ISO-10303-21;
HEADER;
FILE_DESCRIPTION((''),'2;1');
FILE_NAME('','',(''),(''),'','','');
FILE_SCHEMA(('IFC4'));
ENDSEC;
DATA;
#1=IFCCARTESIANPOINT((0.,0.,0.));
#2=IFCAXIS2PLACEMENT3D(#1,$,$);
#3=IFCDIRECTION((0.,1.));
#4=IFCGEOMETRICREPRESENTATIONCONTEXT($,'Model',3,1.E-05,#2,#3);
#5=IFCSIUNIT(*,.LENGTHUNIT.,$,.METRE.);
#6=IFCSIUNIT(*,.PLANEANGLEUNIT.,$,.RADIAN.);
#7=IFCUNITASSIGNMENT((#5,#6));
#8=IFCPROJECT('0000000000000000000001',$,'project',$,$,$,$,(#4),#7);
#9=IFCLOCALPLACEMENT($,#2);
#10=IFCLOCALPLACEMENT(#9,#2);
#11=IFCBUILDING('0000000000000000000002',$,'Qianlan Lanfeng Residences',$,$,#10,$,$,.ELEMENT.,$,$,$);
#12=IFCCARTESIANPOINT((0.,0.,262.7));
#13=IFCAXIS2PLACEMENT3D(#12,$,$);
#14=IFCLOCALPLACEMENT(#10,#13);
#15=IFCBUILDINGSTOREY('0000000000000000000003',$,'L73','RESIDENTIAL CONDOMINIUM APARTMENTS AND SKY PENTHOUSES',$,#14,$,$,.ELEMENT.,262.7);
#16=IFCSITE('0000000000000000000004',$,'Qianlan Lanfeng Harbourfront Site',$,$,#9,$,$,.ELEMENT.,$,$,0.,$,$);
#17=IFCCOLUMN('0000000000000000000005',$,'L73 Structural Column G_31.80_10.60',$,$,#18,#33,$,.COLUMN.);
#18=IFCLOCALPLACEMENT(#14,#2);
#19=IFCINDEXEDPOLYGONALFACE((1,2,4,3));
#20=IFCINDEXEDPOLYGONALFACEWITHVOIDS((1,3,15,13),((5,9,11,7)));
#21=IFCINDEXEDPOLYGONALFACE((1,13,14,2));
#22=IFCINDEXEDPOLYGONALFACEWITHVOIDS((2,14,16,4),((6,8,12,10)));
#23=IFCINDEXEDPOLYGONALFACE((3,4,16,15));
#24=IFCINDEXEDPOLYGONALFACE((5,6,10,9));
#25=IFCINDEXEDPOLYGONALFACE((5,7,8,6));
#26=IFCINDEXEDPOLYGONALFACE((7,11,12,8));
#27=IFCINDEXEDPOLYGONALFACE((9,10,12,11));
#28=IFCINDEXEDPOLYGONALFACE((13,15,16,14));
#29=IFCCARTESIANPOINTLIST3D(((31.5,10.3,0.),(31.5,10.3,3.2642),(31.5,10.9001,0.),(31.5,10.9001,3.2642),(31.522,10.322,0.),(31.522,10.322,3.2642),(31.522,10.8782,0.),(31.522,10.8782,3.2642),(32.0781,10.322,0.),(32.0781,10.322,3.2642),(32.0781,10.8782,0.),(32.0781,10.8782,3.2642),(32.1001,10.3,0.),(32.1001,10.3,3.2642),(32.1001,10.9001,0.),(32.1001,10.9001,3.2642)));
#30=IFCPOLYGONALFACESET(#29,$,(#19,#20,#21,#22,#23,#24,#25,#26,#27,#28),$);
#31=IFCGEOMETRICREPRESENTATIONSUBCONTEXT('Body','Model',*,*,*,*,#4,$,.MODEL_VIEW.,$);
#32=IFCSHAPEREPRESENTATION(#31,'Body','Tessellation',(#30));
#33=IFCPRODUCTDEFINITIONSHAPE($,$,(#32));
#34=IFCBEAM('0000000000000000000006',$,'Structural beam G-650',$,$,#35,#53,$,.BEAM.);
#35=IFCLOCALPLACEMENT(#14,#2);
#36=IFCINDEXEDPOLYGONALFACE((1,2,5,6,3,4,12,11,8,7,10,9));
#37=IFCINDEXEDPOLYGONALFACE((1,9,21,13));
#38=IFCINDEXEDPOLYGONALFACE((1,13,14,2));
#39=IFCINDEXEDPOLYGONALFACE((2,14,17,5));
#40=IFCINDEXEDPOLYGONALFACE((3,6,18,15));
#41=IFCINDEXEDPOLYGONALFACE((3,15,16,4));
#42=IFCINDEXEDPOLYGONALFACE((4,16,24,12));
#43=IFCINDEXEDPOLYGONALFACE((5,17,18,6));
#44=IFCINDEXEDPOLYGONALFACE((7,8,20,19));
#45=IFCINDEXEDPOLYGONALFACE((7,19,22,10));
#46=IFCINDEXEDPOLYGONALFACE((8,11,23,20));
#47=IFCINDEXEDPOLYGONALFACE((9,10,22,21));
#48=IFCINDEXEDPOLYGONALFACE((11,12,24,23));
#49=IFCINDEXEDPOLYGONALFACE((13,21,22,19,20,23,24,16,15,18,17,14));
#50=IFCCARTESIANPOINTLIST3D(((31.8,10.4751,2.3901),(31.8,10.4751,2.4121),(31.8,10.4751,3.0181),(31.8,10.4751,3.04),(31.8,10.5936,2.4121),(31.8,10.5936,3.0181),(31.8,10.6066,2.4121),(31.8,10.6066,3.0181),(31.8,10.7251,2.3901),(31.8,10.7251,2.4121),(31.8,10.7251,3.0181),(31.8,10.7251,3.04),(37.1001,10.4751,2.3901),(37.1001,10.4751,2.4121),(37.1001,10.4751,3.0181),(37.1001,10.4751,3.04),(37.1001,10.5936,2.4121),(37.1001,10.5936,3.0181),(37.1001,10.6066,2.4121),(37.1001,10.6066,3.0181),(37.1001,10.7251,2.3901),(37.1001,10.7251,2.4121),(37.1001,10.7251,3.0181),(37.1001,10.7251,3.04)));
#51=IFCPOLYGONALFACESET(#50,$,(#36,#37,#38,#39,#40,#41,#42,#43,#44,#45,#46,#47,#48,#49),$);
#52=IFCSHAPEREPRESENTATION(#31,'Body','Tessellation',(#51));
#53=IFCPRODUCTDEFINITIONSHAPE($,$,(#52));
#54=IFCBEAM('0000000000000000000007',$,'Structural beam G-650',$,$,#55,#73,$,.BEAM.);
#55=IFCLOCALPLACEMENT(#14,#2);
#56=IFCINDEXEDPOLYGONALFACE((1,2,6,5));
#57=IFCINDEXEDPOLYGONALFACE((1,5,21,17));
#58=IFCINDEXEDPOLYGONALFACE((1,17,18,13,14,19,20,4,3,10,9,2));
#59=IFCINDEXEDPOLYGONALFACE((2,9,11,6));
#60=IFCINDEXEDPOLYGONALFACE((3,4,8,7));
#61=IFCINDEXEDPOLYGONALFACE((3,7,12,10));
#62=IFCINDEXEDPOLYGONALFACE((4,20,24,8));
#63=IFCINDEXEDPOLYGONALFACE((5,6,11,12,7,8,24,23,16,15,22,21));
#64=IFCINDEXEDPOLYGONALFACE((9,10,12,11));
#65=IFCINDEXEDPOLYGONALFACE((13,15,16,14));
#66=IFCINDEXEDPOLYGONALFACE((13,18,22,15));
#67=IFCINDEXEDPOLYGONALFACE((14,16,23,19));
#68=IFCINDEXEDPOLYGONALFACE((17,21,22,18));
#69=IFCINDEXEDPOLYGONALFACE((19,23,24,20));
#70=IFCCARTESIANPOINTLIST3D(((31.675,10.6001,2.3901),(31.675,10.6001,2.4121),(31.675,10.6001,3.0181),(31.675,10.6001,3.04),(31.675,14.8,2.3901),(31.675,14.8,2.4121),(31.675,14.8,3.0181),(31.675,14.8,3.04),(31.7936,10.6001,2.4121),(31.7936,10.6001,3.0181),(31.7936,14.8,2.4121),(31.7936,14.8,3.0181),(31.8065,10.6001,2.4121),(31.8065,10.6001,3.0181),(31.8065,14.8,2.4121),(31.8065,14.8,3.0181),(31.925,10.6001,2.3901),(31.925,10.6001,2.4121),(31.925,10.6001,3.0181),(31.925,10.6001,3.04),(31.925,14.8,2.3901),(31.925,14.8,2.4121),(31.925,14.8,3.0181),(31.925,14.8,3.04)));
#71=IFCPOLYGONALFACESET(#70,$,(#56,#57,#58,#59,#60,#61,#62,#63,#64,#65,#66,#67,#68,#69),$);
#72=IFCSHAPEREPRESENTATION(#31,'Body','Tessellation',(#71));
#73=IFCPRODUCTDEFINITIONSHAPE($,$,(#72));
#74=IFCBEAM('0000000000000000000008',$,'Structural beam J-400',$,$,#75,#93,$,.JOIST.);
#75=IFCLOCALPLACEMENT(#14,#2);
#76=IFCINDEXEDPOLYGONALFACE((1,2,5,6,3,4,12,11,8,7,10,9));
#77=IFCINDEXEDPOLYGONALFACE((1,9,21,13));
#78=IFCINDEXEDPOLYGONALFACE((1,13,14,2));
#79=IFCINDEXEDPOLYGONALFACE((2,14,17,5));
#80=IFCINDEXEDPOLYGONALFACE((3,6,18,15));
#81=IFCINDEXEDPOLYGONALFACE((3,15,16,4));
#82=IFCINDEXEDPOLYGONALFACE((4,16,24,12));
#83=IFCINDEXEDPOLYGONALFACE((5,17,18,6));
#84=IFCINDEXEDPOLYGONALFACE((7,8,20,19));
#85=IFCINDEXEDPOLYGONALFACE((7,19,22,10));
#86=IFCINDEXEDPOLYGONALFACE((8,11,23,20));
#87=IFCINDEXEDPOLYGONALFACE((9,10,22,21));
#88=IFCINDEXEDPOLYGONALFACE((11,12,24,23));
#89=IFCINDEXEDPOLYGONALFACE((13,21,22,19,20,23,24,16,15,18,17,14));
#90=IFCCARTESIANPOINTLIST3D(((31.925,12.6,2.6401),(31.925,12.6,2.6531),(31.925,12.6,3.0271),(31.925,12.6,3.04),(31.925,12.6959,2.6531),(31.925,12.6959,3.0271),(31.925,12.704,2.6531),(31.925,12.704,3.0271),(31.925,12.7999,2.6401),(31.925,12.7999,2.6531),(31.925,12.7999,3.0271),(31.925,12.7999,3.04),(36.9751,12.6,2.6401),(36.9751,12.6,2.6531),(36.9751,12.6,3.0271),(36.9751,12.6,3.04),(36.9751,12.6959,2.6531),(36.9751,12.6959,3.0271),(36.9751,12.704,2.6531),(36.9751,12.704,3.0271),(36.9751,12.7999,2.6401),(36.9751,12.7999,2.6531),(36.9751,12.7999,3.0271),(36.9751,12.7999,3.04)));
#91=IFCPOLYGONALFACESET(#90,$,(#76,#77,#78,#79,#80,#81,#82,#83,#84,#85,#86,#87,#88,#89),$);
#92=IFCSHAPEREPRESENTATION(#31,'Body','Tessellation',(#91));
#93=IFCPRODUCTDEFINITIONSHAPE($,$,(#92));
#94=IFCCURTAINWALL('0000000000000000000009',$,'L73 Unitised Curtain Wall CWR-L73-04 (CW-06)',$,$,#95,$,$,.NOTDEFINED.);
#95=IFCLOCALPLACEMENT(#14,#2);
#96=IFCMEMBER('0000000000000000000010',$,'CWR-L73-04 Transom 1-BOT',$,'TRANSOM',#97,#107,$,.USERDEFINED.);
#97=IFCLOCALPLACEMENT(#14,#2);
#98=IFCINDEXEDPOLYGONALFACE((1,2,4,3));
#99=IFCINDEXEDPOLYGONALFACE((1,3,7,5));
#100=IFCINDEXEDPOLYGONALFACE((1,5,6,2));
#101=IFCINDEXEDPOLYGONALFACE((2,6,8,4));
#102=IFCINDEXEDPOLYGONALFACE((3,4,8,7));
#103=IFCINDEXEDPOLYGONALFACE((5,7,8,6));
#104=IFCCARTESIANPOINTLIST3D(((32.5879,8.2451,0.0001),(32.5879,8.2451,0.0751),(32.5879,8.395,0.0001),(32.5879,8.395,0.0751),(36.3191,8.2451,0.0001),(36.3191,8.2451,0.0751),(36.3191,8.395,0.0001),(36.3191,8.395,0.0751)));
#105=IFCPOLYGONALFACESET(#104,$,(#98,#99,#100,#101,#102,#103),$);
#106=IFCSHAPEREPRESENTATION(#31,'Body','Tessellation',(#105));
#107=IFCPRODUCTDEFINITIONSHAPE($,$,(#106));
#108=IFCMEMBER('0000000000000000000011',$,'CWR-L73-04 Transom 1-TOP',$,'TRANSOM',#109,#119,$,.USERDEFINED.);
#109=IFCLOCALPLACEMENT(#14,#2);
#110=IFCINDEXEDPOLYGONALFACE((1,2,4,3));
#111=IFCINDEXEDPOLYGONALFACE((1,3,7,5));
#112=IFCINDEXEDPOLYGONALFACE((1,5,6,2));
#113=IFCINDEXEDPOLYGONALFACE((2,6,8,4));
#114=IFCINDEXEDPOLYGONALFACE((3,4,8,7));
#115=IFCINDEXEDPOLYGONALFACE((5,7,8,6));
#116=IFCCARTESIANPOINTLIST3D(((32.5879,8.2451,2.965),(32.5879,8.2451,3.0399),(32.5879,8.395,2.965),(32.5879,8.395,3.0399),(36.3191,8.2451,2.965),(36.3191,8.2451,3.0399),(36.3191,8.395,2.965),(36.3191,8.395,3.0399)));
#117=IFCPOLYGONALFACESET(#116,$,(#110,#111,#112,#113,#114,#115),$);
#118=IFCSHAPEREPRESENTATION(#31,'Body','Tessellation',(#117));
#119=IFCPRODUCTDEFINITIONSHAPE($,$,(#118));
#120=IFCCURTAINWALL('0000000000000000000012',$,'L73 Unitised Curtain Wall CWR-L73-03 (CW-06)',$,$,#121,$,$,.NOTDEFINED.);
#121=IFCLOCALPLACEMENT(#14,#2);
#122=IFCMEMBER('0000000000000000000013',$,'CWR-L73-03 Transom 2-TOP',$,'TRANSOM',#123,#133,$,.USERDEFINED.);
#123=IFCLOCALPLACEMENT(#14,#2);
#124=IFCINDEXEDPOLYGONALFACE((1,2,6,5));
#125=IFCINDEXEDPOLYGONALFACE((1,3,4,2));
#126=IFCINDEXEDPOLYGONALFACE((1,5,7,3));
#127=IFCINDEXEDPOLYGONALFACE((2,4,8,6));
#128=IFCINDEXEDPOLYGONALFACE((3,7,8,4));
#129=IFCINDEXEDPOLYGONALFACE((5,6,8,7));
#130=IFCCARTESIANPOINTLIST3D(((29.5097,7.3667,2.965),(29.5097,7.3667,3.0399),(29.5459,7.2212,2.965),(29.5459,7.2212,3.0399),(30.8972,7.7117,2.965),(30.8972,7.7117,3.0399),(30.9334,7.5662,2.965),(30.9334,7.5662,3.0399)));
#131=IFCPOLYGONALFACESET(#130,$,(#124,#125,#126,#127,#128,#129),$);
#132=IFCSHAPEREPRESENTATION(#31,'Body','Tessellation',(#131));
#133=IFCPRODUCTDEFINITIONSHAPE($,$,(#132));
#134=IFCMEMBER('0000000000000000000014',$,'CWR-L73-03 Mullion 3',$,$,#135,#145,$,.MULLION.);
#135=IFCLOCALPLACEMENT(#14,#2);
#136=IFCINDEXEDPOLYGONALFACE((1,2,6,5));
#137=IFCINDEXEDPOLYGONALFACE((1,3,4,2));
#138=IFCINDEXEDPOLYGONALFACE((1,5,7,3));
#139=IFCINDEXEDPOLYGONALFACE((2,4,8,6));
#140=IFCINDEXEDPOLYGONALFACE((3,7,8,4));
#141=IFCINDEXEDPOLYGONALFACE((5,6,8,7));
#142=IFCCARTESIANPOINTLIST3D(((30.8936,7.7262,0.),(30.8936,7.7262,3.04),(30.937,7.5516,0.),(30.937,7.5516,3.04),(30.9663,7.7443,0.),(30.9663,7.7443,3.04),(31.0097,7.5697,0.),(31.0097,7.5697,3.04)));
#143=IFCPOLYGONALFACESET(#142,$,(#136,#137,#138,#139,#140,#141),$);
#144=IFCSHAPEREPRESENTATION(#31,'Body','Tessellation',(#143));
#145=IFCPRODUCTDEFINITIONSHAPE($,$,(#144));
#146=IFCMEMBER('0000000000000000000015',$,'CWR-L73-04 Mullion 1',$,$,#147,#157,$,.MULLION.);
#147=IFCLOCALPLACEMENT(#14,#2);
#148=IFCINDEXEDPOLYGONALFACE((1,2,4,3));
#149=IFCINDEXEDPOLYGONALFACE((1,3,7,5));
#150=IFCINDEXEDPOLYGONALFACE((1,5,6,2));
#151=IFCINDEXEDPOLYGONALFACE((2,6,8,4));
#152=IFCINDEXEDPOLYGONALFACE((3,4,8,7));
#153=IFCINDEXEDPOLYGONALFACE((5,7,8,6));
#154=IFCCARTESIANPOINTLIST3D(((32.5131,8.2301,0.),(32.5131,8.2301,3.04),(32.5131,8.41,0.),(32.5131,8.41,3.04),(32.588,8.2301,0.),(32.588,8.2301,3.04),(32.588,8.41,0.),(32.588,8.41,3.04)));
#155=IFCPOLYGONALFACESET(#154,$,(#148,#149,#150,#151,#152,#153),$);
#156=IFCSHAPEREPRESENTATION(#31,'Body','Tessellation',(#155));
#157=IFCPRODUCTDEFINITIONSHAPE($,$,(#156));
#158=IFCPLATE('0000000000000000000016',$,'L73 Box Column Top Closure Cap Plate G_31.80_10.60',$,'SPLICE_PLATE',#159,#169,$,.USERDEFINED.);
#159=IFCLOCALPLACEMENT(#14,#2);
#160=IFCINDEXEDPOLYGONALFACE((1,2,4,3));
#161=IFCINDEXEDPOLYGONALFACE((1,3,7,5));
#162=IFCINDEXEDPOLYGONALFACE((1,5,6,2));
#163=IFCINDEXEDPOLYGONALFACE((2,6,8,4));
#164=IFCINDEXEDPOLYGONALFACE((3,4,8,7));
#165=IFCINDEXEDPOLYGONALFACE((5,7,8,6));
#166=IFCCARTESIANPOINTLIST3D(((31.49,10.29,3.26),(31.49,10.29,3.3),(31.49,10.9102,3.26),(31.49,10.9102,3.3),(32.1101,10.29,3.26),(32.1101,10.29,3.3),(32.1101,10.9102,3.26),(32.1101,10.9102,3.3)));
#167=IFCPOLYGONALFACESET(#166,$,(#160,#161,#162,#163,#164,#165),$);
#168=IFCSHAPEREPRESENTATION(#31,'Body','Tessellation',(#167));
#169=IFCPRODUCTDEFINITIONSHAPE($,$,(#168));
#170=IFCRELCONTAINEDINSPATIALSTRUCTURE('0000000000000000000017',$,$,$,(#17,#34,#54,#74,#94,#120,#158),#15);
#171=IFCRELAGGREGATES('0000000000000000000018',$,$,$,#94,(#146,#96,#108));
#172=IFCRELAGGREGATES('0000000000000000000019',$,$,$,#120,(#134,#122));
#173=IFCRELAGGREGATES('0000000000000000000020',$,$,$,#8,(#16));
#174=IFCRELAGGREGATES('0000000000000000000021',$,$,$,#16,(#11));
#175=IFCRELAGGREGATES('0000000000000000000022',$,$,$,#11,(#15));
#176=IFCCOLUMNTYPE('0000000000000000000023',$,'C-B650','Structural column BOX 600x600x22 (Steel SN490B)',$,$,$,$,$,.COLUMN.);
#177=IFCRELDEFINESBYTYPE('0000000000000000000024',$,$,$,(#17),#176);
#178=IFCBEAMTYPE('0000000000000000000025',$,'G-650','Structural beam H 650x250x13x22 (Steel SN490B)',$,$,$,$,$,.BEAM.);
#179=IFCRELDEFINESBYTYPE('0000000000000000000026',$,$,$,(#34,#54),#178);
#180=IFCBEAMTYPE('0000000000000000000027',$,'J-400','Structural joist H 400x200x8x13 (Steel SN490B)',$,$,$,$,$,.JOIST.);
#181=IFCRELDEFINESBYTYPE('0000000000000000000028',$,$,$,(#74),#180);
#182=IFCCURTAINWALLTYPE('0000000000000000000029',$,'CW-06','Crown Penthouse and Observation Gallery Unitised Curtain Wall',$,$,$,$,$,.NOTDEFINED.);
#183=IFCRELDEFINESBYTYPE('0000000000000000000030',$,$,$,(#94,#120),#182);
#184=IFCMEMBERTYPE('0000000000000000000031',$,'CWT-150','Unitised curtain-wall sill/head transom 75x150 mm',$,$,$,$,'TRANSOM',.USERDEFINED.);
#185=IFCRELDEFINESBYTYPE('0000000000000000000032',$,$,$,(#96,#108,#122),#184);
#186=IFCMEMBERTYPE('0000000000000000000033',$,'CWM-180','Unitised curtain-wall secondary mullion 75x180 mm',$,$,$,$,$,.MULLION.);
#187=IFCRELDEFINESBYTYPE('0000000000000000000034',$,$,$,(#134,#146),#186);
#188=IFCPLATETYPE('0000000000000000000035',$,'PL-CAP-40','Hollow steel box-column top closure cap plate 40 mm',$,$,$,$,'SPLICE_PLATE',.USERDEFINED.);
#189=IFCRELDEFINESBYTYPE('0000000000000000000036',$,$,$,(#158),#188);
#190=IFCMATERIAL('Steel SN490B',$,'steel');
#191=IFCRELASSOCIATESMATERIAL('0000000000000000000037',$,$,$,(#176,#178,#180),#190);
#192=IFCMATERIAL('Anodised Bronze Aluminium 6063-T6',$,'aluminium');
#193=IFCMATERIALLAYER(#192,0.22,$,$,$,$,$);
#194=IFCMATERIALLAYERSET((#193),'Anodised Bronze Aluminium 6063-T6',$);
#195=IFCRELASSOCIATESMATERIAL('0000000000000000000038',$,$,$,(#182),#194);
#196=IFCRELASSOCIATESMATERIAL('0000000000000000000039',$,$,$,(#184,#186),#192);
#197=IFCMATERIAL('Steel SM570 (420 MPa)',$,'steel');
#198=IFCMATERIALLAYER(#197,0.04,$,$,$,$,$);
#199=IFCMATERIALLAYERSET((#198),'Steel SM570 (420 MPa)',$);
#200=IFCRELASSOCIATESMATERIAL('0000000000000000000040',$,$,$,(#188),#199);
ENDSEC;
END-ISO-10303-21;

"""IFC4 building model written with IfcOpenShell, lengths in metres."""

from ifc_helpers import new_model, si_unit, direction, frame, origin, origin_2d, place, context, subcontext, project, spatial, rectangle, hollow_rectangle, i_section, extrude, source, transform, mapped, material, layer, layer_set, material_profile, profile_set, type_object, element, aggregate, save


model = new_model("IFC4")

# Units and contexts
model_context = context("Model", 3, precision=1e-05, world=origin(), true_north=direction((0.0, 1.0)))
body_context = subcontext(model_context, "Body", "Model", "MODEL_VIEW")
ifc_project = project(units=[si_unit("LENGTHUNIT", "METRE"), si_unit("PLANEANGLEUNIT", "RADIAN")], contexts=[model_context])

# Site, building, storey
site_placement = place(None, origin())
site = spatial("IfcSite", under=ifc_project, at=site_placement, Name="Qianlan Lanfeng Harbourfront Site", CompositionType="ELEMENT", RefElevation=0.0)
building_placement = place(site_placement, origin())
building = spatial("IfcBuilding", under=site, at=building_placement, Name="Qianlan Lanfeng Residences", CompositionType="ELEMENT")
storey_placement = place(building_placement, frame((0.0, 0.0, 262.7)))
storey = spatial("IfcBuildingStorey", under=building, at=storey_placement, Name="L73", Description="RESIDENTIAL CONDOMINIUM APARTMENTS AND SKY PENTHOUSES", CompositionType="ELEMENT", Elevation=262.7)

# Column
ifc_material_1 = material(Name="Steel SN490B", Category="steel")
ifc_material_profile_1 = material_profile(ifc_material_1, hollow_rectangle(XDim=0.6001, YDim=0.6001, WallThickness=0.022, at=origin_2d()), Name="BOX 600x600x22")
ifc_profile_set_1 = profile_set([ifc_material_profile_1], Name="Steel SN490B")
column_type = type_object("IfcColumnType", Name="C-B650", Description="Structural column BOX 600x600x22 (Steel SN490B)", PredefinedType="COLUMN", material=ifc_profile_set_1)
column_placement = place(storey_placement, frame((31.8, 10.6001, 0.0), z_axis=(0.0, 0.0, 1.0), x_axis=(1.0, 0.0, 0.0)))
element("IfcColumn", 1, at=column_placement, inside=storey, type_object=column_type, Name="L73 Structural Column G_31.80_10.60", PredefinedType="COLUMN", context=body_context, shape_type="SweptSolid", body=[
    extrude(hollow_rectangle(XDim=0.6001, YDim=0.6001, WallThickness=0.022, at=origin_2d()), origin(), (0.0, 0.0, 1.0), 3.2642),
])

# Beams
ifc_material_profile_2 = material_profile(ifc_material_1, i_section(OverallWidth=0.25, OverallDepth=0.6499, WebThickness=0.0129, FlangeThickness=0.022, at=origin_2d()), Name="H 650x250x13x22")
ifc_profile_set_2 = profile_set([ifc_material_profile_2], Name="Steel SN490B")
beam_type_1 = type_object("IfcBeamType", Name="G-650", Description="Structural beam H 650x250x13x22 (Steel SN490B)", PredefinedType="BEAM", material=ifc_profile_set_2)
beam_1_placement = place(storey_placement, frame((31.8, 10.6001, 2.7151), z_axis=(1.0, 0.0, 0.0), x_axis=(0.0, 1.0, 0.0)))
element("IfcBeam", 2, at=beam_1_placement, inside=storey, type_object=beam_type_1, Name="Structural beam G-650", PredefinedType="BEAM", context=body_context, shape_type="SweptSolid", body=[
    extrude(i_section(OverallWidth=0.25, OverallDepth=0.6499, WebThickness=0.0129, FlangeThickness=0.022, at=origin_2d()), origin(), (0.0, 0.0, 1.0), 5.3),
])
beam_2_placement = place(storey_placement, frame((31.8, 10.6001, 2.7151), z_axis=(0.0, 1.0, 0.0), x_axis=(-1.0, 0.0, 0.0)))
element("IfcBeam", 3, at=beam_2_placement, inside=storey, type_object=beam_type_1, Name="Structural beam G-650", PredefinedType="BEAM", context=body_context, shape_type="SweptSolid", body=[
    extrude(i_section(OverallWidth=0.25, OverallDepth=0.6499, WebThickness=0.0129, FlangeThickness=0.022, at=origin_2d()), origin(), (0.0, 0.0, 1.0), 4.2),
])
ifc_material_profile_3 = material_profile(ifc_material_1, i_section(OverallWidth=0.2, OverallDepth=0.3999, WebThickness=0.0081, FlangeThickness=0.0129, at=origin_2d()), Name="H 400x200x8x13")
ifc_profile_set_3 = profile_set([ifc_material_profile_3], Name="Steel SN490B")
beam_type_2 = type_object("IfcBeamType", Name="J-400", Description="Structural joist H 400x200x8x13 (Steel SN490B)", PredefinedType="JOIST", material=ifc_profile_set_3)
beam_3_placement = place(storey_placement, frame((31.925, 12.7, 2.8401), z_axis=(1.0, 0.0, 0.0), x_axis=(0.0, 1.0, 0.0)))
element("IfcBeam", 4, at=beam_3_placement, inside=storey, type_object=beam_type_2, Name="Structural beam J-400", PredefinedType="JOIST", context=body_context, shape_type="SweptSolid", body=[
    extrude(i_section(OverallWidth=0.2, OverallDepth=0.3999, WebThickness=0.0081, FlangeThickness=0.0129, at=origin_2d()), origin(), (0.0, 0.0, 1.0), 5.05),
])

# Curtain walls, members
ifc_material_2 = material(Name="Anodised Bronze Aluminium 6063-T6", Category="aluminium")
ifc_layer_1 = layer(ifc_material_2, 0.22)
ifc_layer_set_1 = layer_set([ifc_layer_1], Name="Anodised Bronze Aluminium 6063-T6")
curtain_wall_type = type_object("IfcCurtainWallType", Name="CW-06", Description="Crown Penthouse and Observation Gallery Unitised Curtain Wall", PredefinedType="NOTDEFINED", material=ifc_layer_set_1)
curtain_wall_1_placement = place(storey_placement, origin())
curtain_wall_1 = element("IfcCurtainWall", 5, at=curtain_wall_1_placement, inside=storey, type_object=curtain_wall_type, Name="L73 Unitised Curtain Wall CWR-L73-04 (CW-06)", PredefinedType="NOTDEFINED")
ifc_material_profile_4 = material_profile(ifc_material_2, rectangle(XDim=0.075, YDim=0.1499, at=origin_2d()), Name="ALU TRANSOM 75x150")
ifc_profile_set_4 = profile_set([ifc_material_profile_4], Name="Anodised Bronze Aluminium 6063-T6")
member_type_1 = type_object("IfcMemberType", Name="CWT-150", Description="Unitised curtain-wall sill/head transom 75x150 mm", ElementType="TRANSOM", PredefinedType="USERDEFINED", material=ifc_profile_set_4)
shared_shape_1 = source(origin(), body_context, "Body", "SweptSolid", [
    extrude(rectangle(XDim=0.075, YDim=0.1499, at=origin_2d()), origin(), (0.0, 0.0, 1.0), 3.7312),
])
member_1_placement = place(storey_placement, frame((32.5879, 8.3201, 0.0376), z_axis=(1.0, 0.0, 0.0), x_axis=(0.0, 0.0, 1.0)))
member_1 = element("IfcMember", 6, at=member_1_placement, type_object=member_type_1, Name="CWR-L73-04 Transom 1-BOT", ObjectType="TRANSOM", PredefinedType="USERDEFINED", context=body_context, shape_type="MappedRepresentation", body=[
    mapped(shared_shape_1, transform((0.0, 0.0, 0.0), scale=1.0)),
])
member_2_placement = place(storey_placement, frame((32.5879, 8.3201, 3.0024), z_axis=(1.0, 0.0, 0.0), x_axis=(0.0, 0.0, 1.0)))
member_2 = element("IfcMember", 7, at=member_2_placement, type_object=member_type_1, Name="CWR-L73-04 Transom 1-TOP", ObjectType="TRANSOM", PredefinedType="USERDEFINED", context=body_context, shape_type="MappedRepresentation", body=[
    mapped(shared_shape_1, transform((0.0, 0.0, 0.0), scale=1.0)),
])
curtain_wall_2_placement = place(storey_placement, origin())
curtain_wall_2 = element("IfcCurtainWall", 8, at=curtain_wall_2_placement, inside=storey, type_object=curtain_wall_type, Name="L73 Unitised Curtain Wall CWR-L73-03 (CW-06)", PredefinedType="NOTDEFINED")
shared_shape_2 = source(origin(), body_context, "Body", "SweptSolid", [
    extrude(rectangle(XDim=0.075, YDim=0.1499, at=origin_2d()), origin(), (0.0, 0.0, 1.0), 1.4297),
])
member_3_placement = place(storey_placement, frame((29.5278, 7.2939, 3.0024), z_axis=(0.970453, 0.24129, 0.0), x_axis=(0.0, 0.0, 1.0)))
member_3 = element("IfcMember", 9, at=member_3_placement, type_object=member_type_1, Name="CWR-L73-03 Transom 2-TOP", ObjectType="TRANSOM", PredefinedType="USERDEFINED", context=body_context, shape_type="MappedRepresentation", body=[
    mapped(shared_shape_2, transform((0.0, 0.0, 0.0), scale=1.0)),
])
ifc_material_profile_5 = material_profile(ifc_material_2, rectangle(XDim=0.075, YDim=0.1799, at=origin_2d()), Name="ALU MULLION 75x180")
ifc_profile_set_5 = profile_set([ifc_material_profile_5], Name="Anodised Bronze Aluminium 6063-T6")
member_type_2 = type_object("IfcMemberType", Name="CWM-180", Description="Unitised curtain-wall secondary mullion 75x180 mm", PredefinedType="MULLION", material=ifc_profile_set_5)
shared_shape_3 = source(origin(), body_context, "Body", "SweptSolid", [
    extrude(rectangle(XDim=0.075, YDim=0.1799, at=origin_2d()), origin(), (0.0, 0.0, 1.0), 3.04),
])
member_4_placement = place(storey_placement, frame((30.9517, 7.6479, 0.0), z_axis=(0.0, 0.0, 1.0), x_axis=(0.970466, 0.241238, 0.0)))
member_4 = element("IfcMember", 10, at=member_4_placement, type_object=member_type_2, Name="CWR-L73-03 Mullion 3", PredefinedType="MULLION", context=body_context, shape_type="MappedRepresentation", body=[
    mapped(shared_shape_3, transform((0.0, 0.0, 0.0), scale=1.0)),
])

# Member
member_5_placement = place(storey_placement, frame((32.5505, 8.3201, 0.0), z_axis=(0.0, 0.0, 1.0), x_axis=(1.0, 0.0, 0.0)))
member_5 = element("IfcMember", 11, at=member_5_placement, type_object=member_type_2, Name="CWR-L73-04 Mullion 1", PredefinedType="MULLION", context=body_context, shape_type="MappedRepresentation", body=[
    mapped(shared_shape_3, transform((0.0, 0.0, 0.0), scale=1.0)),
])

# Plate
ifc_material_3 = material(Name="Steel SM570 (420 MPa)", Category="steel")
ifc_layer_2 = layer(ifc_material_3, 0.04)
ifc_layer_set_2 = layer_set([ifc_layer_2], Name="Steel SM570 (420 MPa)")
plate_type_1 = type_object("IfcPlateType", Name="PL-CAP-40", Description="Hollow steel box-column top closure cap plate 40 mm", ElementType="SPLICE_PLATE", PredefinedType="USERDEFINED", material=ifc_layer_set_2)
shared_shape_4 = source(origin(), body_context, "Body", "SweptSolid", [
    extrude(rectangle(XDim=0.6201, YDim=0.6201, at=origin_2d()), origin(), (0.0, 0.0, 1.0), 0.04),
])
plate_1_placement = place(storey_placement, frame((31.8, 10.6001, 3.26), z_axis=(0.0, 0.0, 1.0), x_axis=(1.0, 0.0, 0.0)))
element("IfcPlate", 12, at=plate_1_placement, inside=storey, type_object=plate_type_1, Name="L73 Box Column Top Closure Cap Plate G_31.80_10.60", ObjectType="SPLICE_PLATE", PredefinedType="USERDEFINED", context=body_context, shape_type="MappedRepresentation", body=[
    mapped(shared_shape_4, transform((0.0, 0.0, 0.0), scale=1.0)),
])
aggregate(curtain_wall_1, [member_5, member_1, member_2])
aggregate(curtain_wall_2, [member_4, member_3])

save(model, "model.ifc")
